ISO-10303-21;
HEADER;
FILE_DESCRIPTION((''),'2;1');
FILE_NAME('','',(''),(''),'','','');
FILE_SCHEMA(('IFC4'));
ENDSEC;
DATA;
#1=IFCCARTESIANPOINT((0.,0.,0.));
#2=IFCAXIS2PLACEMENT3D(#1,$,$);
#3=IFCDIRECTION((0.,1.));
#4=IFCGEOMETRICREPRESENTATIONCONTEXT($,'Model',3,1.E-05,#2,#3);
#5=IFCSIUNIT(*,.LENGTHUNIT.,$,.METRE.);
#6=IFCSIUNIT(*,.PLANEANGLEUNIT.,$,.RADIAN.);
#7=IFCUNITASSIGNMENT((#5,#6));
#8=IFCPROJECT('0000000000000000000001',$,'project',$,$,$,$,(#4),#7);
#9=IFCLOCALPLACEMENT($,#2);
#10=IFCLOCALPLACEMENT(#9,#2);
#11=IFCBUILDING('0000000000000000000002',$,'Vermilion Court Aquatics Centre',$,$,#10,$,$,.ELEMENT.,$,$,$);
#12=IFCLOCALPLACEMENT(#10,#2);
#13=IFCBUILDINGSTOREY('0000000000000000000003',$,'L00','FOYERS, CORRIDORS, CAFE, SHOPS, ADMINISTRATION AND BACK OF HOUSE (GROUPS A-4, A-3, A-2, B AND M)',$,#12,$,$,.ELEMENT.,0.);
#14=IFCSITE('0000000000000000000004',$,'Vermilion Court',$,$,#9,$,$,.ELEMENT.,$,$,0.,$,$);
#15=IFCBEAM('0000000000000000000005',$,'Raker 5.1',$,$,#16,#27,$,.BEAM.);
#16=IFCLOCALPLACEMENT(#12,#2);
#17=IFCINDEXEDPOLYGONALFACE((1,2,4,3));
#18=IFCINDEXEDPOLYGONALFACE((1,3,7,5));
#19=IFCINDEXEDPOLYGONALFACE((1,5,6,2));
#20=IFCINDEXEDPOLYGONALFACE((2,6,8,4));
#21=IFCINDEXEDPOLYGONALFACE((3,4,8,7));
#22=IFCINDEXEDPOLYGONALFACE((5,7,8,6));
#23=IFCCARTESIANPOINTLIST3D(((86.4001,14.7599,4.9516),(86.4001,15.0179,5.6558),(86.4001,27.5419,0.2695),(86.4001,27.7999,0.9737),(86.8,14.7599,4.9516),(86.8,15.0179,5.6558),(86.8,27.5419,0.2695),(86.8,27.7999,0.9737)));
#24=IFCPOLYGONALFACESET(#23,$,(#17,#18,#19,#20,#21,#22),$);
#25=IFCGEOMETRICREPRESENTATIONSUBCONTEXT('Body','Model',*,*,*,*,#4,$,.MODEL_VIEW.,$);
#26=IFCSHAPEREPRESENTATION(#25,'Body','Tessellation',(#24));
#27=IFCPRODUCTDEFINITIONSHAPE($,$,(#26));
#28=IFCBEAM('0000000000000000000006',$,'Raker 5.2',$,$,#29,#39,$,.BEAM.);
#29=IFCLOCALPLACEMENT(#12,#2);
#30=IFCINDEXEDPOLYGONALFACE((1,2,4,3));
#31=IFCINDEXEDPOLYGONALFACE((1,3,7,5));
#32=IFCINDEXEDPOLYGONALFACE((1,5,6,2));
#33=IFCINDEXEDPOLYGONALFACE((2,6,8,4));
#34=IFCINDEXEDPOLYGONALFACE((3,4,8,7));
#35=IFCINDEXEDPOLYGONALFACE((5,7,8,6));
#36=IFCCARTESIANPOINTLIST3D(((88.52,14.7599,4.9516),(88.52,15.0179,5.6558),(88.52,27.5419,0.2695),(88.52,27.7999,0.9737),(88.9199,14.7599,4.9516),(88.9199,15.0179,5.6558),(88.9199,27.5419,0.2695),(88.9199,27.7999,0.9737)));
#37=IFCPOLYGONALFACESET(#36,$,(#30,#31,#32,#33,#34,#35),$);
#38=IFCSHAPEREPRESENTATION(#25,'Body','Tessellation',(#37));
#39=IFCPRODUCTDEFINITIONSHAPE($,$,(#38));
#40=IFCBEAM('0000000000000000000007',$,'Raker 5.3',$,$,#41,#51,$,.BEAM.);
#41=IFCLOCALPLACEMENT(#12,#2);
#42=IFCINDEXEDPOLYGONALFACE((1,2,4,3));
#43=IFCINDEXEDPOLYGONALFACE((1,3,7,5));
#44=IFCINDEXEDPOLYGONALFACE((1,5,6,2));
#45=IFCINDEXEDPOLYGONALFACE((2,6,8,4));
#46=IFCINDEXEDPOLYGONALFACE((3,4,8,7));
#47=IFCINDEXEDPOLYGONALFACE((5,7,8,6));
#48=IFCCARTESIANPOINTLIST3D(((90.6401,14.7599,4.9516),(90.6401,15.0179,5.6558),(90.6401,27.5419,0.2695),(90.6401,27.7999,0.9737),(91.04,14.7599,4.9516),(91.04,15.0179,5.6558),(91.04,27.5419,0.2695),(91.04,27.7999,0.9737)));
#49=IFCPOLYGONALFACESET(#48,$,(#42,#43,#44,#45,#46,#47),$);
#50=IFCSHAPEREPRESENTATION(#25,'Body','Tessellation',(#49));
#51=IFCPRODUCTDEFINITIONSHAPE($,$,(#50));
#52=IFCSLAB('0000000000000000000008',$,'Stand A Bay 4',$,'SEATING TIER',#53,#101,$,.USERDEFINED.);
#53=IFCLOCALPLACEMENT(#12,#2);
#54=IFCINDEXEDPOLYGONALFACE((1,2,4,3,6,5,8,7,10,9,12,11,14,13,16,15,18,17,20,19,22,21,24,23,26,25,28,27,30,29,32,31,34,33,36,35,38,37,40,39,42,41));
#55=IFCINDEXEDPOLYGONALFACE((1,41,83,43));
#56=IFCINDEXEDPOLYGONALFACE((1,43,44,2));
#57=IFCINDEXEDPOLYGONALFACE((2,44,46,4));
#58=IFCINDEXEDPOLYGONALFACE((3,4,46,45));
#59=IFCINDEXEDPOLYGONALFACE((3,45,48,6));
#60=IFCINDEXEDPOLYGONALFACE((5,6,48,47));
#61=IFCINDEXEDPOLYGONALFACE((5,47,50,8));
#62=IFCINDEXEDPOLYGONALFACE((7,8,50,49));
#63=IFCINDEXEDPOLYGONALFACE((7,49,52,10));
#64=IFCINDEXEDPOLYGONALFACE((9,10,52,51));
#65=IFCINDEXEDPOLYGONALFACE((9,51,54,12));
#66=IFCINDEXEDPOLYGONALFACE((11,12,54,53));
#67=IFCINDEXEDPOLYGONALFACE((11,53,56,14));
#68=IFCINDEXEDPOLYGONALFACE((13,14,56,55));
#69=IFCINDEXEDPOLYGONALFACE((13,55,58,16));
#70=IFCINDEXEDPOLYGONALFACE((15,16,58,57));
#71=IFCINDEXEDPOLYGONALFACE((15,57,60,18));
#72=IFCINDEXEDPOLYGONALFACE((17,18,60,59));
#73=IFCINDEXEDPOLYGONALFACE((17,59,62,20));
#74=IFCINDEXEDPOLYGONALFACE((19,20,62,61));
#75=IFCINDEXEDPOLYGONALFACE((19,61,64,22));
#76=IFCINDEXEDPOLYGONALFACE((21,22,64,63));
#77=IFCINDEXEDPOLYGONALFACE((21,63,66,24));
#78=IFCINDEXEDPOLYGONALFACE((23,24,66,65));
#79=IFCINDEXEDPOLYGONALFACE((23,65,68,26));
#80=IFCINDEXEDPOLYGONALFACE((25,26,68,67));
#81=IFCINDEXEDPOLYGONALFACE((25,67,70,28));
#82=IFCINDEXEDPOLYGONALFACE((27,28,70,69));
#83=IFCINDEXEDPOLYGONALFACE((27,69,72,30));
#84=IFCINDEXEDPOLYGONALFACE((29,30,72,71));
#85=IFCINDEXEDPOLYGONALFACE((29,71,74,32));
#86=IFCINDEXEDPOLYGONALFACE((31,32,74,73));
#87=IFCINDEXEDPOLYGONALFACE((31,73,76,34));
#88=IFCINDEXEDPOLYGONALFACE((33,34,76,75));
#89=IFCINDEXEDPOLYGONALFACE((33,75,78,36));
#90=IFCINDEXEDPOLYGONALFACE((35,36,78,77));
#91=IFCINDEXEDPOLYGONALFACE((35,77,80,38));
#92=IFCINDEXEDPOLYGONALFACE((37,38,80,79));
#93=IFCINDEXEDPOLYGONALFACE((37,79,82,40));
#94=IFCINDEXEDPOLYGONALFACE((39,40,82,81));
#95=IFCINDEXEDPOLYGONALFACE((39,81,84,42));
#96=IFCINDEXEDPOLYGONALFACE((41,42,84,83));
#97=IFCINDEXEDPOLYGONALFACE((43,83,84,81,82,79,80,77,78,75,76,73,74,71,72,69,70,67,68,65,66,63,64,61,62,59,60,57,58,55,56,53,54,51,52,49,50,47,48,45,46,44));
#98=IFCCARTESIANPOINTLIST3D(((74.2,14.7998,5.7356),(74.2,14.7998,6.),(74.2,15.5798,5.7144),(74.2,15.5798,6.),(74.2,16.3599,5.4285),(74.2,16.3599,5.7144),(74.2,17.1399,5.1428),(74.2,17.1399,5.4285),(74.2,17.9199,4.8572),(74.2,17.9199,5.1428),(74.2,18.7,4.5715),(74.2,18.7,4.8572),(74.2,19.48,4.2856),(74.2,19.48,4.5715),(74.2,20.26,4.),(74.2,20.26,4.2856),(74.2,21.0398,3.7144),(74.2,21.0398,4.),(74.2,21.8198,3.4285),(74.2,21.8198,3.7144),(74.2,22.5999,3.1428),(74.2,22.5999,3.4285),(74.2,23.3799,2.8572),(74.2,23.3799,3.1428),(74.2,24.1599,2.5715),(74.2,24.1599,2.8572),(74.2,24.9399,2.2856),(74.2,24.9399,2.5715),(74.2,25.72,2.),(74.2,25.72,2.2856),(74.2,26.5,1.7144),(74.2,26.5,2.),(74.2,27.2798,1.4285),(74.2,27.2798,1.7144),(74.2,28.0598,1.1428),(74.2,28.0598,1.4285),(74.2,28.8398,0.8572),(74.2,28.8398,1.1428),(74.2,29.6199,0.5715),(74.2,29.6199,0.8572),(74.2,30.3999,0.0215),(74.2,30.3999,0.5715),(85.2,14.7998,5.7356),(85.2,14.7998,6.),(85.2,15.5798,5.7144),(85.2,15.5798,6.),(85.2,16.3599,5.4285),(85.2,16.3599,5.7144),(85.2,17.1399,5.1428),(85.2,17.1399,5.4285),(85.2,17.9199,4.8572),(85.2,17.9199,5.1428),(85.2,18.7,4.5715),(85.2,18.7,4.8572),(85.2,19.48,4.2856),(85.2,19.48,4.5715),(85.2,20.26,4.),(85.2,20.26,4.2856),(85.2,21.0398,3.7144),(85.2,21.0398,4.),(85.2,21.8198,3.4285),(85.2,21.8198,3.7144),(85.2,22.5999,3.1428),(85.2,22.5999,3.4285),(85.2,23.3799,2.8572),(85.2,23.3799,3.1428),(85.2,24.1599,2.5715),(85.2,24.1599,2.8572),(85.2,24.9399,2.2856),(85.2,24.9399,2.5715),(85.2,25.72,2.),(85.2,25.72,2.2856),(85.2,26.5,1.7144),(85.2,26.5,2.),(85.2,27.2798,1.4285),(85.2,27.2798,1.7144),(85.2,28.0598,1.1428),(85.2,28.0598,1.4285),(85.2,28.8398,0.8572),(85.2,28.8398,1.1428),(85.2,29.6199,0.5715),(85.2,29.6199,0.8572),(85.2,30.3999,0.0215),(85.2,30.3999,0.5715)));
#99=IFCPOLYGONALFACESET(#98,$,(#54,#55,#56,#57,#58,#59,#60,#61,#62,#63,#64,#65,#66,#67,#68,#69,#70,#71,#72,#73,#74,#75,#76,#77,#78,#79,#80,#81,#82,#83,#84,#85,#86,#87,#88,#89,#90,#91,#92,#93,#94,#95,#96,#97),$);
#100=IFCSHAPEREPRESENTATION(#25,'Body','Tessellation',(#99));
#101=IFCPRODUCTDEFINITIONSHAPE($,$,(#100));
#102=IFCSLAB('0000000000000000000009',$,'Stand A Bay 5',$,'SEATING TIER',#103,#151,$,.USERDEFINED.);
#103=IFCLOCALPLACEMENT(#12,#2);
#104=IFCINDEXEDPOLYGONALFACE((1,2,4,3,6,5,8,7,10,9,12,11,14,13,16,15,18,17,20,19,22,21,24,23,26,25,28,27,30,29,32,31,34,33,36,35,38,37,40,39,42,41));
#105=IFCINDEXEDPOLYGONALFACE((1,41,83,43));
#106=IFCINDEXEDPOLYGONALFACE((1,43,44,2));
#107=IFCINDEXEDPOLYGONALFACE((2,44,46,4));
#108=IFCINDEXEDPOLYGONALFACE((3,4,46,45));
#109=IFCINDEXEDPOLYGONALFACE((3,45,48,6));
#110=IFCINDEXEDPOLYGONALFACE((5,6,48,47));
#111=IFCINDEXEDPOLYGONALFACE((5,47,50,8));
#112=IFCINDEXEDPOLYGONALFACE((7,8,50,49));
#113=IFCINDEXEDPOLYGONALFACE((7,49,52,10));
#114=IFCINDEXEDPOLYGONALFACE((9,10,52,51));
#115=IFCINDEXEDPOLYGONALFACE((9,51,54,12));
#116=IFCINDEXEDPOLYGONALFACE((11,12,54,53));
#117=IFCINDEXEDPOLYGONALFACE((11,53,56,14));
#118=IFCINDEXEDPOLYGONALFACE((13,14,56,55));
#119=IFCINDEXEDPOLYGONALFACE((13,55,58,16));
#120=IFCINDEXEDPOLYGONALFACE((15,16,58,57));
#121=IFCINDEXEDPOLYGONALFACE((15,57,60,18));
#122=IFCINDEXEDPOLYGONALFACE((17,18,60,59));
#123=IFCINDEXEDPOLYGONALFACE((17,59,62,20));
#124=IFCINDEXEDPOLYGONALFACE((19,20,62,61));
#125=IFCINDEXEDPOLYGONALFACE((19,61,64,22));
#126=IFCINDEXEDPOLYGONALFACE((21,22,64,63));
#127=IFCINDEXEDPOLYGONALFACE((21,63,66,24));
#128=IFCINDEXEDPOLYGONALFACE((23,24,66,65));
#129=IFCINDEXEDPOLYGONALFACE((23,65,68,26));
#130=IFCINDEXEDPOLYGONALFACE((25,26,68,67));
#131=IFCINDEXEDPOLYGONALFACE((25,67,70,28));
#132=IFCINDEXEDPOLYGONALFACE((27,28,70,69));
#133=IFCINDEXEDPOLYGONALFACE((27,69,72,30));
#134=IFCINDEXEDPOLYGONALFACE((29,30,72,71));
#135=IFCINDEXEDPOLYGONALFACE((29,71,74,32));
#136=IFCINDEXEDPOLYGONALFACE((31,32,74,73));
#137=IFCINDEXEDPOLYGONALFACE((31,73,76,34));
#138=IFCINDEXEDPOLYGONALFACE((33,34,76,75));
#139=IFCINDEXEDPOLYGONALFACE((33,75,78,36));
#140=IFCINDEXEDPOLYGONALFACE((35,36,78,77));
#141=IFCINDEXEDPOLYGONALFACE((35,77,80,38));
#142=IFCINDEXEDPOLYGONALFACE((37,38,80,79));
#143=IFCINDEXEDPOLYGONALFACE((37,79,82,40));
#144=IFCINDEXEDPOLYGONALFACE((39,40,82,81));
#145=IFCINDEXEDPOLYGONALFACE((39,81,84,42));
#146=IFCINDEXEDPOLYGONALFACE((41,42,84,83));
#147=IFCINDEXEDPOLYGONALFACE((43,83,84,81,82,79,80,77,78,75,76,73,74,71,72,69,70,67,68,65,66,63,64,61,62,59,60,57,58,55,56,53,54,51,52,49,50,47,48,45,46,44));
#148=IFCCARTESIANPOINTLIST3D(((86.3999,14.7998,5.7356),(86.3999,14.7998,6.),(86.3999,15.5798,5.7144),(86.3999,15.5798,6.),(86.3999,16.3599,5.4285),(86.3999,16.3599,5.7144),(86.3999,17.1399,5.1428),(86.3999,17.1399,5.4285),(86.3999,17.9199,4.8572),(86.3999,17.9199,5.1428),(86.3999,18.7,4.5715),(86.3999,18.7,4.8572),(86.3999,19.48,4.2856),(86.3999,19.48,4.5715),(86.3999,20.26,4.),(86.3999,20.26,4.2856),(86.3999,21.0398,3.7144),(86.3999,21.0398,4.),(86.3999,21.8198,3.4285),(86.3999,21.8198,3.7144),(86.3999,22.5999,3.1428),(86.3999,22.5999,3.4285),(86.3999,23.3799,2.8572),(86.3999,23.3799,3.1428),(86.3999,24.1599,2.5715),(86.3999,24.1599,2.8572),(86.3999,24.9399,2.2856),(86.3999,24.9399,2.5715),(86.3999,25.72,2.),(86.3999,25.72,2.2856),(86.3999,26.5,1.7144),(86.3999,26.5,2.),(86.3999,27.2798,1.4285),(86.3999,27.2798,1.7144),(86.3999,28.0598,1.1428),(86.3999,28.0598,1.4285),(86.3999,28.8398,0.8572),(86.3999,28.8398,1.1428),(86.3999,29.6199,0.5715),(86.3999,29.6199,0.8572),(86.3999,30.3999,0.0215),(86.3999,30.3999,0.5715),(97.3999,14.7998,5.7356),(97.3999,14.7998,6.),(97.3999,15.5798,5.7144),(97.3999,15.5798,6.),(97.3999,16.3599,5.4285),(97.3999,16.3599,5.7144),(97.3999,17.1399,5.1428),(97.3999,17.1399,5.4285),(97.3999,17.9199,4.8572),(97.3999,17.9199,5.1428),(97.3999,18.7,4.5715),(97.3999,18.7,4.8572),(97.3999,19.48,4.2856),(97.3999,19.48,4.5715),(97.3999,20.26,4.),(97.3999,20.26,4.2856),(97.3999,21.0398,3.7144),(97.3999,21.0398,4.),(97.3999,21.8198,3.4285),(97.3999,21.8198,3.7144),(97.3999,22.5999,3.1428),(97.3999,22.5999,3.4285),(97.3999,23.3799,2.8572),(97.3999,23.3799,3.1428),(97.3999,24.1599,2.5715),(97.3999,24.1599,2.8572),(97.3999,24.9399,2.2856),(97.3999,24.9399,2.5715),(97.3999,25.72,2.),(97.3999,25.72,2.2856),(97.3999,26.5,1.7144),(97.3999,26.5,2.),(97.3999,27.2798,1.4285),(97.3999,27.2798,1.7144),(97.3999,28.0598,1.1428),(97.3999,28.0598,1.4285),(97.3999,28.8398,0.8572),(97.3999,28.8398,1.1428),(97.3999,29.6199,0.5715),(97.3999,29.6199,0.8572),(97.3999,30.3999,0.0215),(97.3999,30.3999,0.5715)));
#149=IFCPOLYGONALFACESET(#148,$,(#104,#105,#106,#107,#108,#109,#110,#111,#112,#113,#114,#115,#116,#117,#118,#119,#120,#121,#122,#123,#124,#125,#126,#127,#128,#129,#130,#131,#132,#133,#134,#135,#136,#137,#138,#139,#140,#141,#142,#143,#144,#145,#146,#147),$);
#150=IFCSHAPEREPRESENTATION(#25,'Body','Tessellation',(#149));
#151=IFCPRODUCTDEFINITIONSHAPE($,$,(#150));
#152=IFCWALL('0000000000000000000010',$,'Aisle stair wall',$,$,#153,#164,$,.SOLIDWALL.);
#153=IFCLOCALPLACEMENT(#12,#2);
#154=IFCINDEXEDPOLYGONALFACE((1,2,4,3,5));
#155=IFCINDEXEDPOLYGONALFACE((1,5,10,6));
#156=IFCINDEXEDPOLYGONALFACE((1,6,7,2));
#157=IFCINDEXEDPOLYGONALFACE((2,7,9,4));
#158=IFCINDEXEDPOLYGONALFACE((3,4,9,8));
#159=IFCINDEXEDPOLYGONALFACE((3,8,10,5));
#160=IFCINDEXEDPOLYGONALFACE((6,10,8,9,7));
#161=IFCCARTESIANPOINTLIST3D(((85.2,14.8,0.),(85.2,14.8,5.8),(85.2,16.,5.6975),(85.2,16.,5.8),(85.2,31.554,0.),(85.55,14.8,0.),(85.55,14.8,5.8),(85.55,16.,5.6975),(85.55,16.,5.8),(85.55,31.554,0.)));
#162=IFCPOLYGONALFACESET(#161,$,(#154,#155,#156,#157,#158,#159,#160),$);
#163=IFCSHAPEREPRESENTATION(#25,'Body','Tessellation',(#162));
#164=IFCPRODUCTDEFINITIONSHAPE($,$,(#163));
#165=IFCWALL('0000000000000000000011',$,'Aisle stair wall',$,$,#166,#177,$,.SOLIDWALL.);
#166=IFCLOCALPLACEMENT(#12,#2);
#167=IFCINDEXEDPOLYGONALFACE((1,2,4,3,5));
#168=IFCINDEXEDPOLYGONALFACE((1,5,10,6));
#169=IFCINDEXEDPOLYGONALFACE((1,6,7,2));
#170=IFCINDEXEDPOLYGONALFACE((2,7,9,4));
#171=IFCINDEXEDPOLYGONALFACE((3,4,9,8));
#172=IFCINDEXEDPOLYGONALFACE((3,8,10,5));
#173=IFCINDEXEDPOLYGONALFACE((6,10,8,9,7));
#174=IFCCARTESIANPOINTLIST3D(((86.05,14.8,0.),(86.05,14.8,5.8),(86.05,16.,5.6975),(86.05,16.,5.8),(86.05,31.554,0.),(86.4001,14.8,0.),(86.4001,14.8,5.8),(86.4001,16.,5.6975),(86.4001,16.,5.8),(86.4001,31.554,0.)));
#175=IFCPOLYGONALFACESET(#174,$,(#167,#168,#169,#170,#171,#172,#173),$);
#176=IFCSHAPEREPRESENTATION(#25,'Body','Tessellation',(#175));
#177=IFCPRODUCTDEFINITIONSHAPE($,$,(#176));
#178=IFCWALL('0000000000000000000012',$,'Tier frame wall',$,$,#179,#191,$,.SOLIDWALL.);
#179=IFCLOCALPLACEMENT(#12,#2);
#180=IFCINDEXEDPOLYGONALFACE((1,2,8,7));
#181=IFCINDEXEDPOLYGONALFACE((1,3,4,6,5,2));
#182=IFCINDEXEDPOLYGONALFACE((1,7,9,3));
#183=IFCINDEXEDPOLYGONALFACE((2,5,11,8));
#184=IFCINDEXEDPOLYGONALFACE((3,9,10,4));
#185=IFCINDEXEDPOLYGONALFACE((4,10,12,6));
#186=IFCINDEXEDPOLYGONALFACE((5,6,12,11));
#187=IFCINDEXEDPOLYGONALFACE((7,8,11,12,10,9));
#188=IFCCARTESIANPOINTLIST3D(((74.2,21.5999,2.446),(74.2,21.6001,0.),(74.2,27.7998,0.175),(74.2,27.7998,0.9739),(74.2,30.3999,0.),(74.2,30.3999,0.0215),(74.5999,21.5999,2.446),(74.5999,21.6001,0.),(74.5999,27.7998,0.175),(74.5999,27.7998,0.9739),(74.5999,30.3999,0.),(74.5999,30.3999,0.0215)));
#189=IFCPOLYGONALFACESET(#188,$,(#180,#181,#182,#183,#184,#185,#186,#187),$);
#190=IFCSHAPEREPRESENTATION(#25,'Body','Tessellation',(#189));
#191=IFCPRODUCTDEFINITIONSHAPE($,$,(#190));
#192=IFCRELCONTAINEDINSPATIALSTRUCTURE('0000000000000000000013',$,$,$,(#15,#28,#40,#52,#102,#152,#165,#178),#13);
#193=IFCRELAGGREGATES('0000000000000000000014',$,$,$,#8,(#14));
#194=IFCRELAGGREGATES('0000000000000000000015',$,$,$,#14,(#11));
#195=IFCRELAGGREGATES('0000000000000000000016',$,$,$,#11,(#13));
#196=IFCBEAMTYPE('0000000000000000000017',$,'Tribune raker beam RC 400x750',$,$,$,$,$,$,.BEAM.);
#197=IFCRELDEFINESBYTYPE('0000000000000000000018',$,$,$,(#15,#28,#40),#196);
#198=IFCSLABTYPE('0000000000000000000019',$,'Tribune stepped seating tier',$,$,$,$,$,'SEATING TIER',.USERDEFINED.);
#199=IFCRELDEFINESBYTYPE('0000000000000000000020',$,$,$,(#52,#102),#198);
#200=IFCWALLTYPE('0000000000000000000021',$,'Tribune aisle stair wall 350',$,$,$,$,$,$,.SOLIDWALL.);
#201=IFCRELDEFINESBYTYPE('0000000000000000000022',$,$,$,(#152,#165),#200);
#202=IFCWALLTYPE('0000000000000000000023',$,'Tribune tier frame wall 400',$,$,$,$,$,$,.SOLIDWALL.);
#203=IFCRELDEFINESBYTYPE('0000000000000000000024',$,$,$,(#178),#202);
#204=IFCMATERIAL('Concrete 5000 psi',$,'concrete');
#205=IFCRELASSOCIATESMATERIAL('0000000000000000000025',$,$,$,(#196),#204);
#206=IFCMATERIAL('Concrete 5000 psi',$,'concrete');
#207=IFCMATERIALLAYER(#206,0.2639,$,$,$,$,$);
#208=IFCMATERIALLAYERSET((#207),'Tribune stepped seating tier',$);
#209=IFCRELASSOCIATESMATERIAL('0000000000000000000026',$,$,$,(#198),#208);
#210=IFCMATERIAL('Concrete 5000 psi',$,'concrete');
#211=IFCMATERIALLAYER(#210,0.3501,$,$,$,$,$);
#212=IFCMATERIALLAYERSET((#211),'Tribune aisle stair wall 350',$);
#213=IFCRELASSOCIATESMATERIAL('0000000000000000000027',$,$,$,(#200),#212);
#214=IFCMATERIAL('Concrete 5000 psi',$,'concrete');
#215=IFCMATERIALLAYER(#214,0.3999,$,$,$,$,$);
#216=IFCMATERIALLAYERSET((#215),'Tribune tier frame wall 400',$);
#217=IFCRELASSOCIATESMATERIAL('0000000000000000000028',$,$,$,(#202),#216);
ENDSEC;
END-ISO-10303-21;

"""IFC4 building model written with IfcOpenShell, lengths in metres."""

from ifc_helpers import new_model, si_unit, direction, frame, origin, origin_2d, place, context, subcontext, project, spatial, polyline, rectangle, outline, extrude, material, layer, layer_set, material_profile, profile_set, type_object, element, save


model = new_model("IFC4")

# Units and contexts
model_context = context("Model", 3, precision=1e-05, world=origin(), true_north=direction((0.0, 1.0)))
body_context = subcontext(model_context, "Body", "Model", "MODEL_VIEW")
ifc_project = project(units=[si_unit("LENGTHUNIT", "METRE"), si_unit("PLANEANGLEUNIT", "RADIAN")], contexts=[model_context])

# Site, building, storey
site_placement = place(None, origin())
site = spatial("IfcSite", under=ifc_project, at=site_placement, Name="Vermilion Court", CompositionType="ELEMENT", RefElevation=0.0)
building_placement = place(site_placement, origin())
building = spatial("IfcBuilding", under=site, at=building_placement, Name="Vermilion Court Aquatics Centre", CompositionType="ELEMENT")
storey_placement = place(building_placement, origin())
storey = spatial("IfcBuildingStorey", under=building, at=storey_placement, Name="L00", Description="FOYERS, CORRIDORS, CAFE, SHOPS, ADMINISTRATION AND BACK OF HOUSE (GROUPS A-4, A-3, A-2, B AND M)", CompositionType="ELEMENT", Elevation=0.0)

# Beams
ifc_material_1 = material(Name="Concrete 5000 psi", Category="concrete")
ifc_material_profile = material_profile(ifc_material_1, rectangle(XDim=0.3999, YDim=0.75, at=origin_2d()), Name="RC 400x750")
ifc_profile_set = profile_set([ifc_material_profile], Name="Concrete 5000 psi")
beam_type = type_object("IfcBeamType", Name="Tribune raker beam RC 400x750", PredefinedType="BEAM", material=ifc_profile_set)
for number, where, z_axis, x_axis, name in (
    (1, (86.6001, 27.6709, 0.6216), (0.0, -0.938985, 0.343957), (1.0, 0.0, 0.0), "Raker 5.1"),
    (2, (88.72, 27.6709, 0.6216), (0.0, -0.938985, 0.343957), (1.0, 0.0, 0.0), "Raker 5.2"),
    (3, (90.8401, 27.6709, 0.6216), (0.0, -0.938985, 0.343957), (1.0, 0.0, 0.0), "Raker 5.3"),
):
    element("IfcBeam", number, at=place(storey_placement, frame(where, z_axis=z_axis, x_axis=x_axis)), inside=storey, type_object=beam_type, Name=name, PredefinedType="BEAM", context=body_context, shape_type="SweptSolid", body=[
        extrude(rectangle(XDim=0.3999, YDim=0.75, at=origin_2d()), origin(), (0.0, 0.0, 1.0), 13.6125),
    ])

# Slabs
ifc_material_2 = material(Name="Concrete 5000 psi", Category="concrete")
ifc_layer_1 = layer(ifc_material_2, 0.2639)
ifc_layer_set_1 = layer_set([ifc_layer_1], Name="Tribune stepped seating tier")
slab_type = type_object("IfcSlabType", Name="Tribune stepped seating tier", ElementType="SEATING TIER", PredefinedType="USERDEFINED", material=ifc_layer_set_1)
for number, where, z_axis, x_axis, name in (
    (4, (79.7, 30.3999, 0.0215), (0.0, 0.0, 1.0), (0.0, -1.0, 0.0), "Stand A Bay 4"),
    (5, (91.8999, 30.3999, 0.0215), (0.0, 0.0, 1.0), (0.0, -1.0, 0.0), "Stand A Bay 5"),
):
    element("IfcSlab", number, at=place(storey_placement, frame(where, z_axis=z_axis, x_axis=x_axis)), inside=storey, type_object=slab_type, Name=name, ObjectType="SEATING TIER", PredefinedType="USERDEFINED", context=body_context, shape_type="SweptSolid", body=[
        extrude(outline(polyline([(0.0, 0.0), (15.6001, 5.7141), (15.6001, 5.9785), (14.8201, 5.9785), (14.8201, 5.6929), (14.04, 5.6929), (14.04, 5.407), (13.26, 5.407), (13.26, 5.1213), (12.48, 5.1213), (12.48, 4.8357), (11.7, 4.8357), (11.7, 4.55), (10.9199, 4.55), (10.9199, 4.2642), (10.1399, 4.2642), (10.1399, 3.9785), (9.3601, 3.9785), (9.3601, 3.6929), (8.5801, 3.6929), (8.5801, 3.407), (7.8, 3.407), (7.8, 3.1213), (7.02, 3.1213), (7.02, 2.8357), (6.24, 2.8357), (6.24, 2.55), (5.46, 2.55), (5.46, 2.2642), (4.6799, 2.2642), (4.6799, 1.9785), (3.8999, 1.9785), (3.8999, 1.6929), (3.1201, 1.6929), (3.1201, 1.407), (2.3401, 1.407), (2.3401, 1.1213), (1.5601, 1.1213), (1.5601, 0.8357), (0.78, 0.8357), (0.78, 0.55), (0.0, 0.55), (0.0, 0.0)])), frame((0.0, 5.5, 0.0), z_axis=(0.0, -1.0, 0.0), x_axis=(1.0, 0.0, 0.0)), (0.0, 0.0, 1.0), 11.0),
    ])

# Walls
ifc_material_3 = material(Name="Concrete 5000 psi", Category="concrete")
ifc_layer_2 = layer(ifc_material_3, 0.3501)
ifc_layer_set_2 = layer_set([ifc_layer_2], Name="Tribune aisle stair wall 350")
wall_type_1 = type_object("IfcWallType", Name="Tribune aisle stair wall 350", PredefinedType="SOLIDWALL", material=ifc_layer_set_2)
for number, where, z_axis, x_axis, name in (
    (6, (85.375, 31.554, 0.0), (0.0, 0.0, 1.0), (0.0, -1.0, 0.0), "Aisle stair wall"),
    (7, (86.2251, 31.554, 0.0), (0.0, 0.0, 1.0), (0.0, -1.0, 0.0), "Aisle stair wall"),
):
    element("IfcWall", number, at=place(storey_placement, frame(where, z_axis=z_axis, x_axis=x_axis)), inside=storey, type_object=wall_type_1, Name=name, PredefinedType="SOLIDWALL", context=body_context, shape_type="SweptSolid", body=[
        extrude(outline(polyline([(0.0, 0.0), (16.7539, 0.0), (16.7539, 5.8), (15.554, 5.8), (15.554, 5.6975), (0.0, 0.0), (0.0, 0.0)])), frame((0.0, 0.175, 0.0), z_axis=(0.0, -1.0, 0.0), x_axis=(1.0, 0.0, 0.0)), (0.0, 0.0, 1.0), 0.3501),
    ])
ifc_material_4 = material(Name="Concrete 5000 psi", Category="concrete")
ifc_layer_3 = layer(ifc_material_4, 0.3999)
ifc_layer_set_3 = layer_set([ifc_layer_3], Name="Tribune tier frame wall 400")
wall_type_2 = type_object("IfcWallType", Name="Tribune tier frame wall 400", PredefinedType="SOLIDWALL", material=ifc_layer_set_3)
for number, where, z_axis, x_axis, name in (
    (8, (74.3999, 30.3999, 0.0), (0.0, 0.0, 1.0), (0.0, -1.0, 0.0), "Tier frame wall"),
):
    element("IfcWall", number, at=place(storey_placement, frame(where, z_axis=z_axis, x_axis=x_axis)), inside=storey, type_object=wall_type_2, Name=name, PredefinedType="SOLIDWALL", context=body_context, shape_type="SweptSolid", body=[
        extrude(outline(polyline([(0.0, 0.0), (8.7998, 0.0), (8.8, 2.446), (2.6001, 0.175), (2.6001, 0.9739), (0.0, 0.0215), (0.0, 0.0)])), frame((0.0, 0.2, 0.0), z_axis=(0.0, -1.0, 0.0), x_axis=(1.0, 0.0, 0.0)), (0.0, 0.0, 1.0), 0.3999),
    ])

save(model, "model.ifc")
